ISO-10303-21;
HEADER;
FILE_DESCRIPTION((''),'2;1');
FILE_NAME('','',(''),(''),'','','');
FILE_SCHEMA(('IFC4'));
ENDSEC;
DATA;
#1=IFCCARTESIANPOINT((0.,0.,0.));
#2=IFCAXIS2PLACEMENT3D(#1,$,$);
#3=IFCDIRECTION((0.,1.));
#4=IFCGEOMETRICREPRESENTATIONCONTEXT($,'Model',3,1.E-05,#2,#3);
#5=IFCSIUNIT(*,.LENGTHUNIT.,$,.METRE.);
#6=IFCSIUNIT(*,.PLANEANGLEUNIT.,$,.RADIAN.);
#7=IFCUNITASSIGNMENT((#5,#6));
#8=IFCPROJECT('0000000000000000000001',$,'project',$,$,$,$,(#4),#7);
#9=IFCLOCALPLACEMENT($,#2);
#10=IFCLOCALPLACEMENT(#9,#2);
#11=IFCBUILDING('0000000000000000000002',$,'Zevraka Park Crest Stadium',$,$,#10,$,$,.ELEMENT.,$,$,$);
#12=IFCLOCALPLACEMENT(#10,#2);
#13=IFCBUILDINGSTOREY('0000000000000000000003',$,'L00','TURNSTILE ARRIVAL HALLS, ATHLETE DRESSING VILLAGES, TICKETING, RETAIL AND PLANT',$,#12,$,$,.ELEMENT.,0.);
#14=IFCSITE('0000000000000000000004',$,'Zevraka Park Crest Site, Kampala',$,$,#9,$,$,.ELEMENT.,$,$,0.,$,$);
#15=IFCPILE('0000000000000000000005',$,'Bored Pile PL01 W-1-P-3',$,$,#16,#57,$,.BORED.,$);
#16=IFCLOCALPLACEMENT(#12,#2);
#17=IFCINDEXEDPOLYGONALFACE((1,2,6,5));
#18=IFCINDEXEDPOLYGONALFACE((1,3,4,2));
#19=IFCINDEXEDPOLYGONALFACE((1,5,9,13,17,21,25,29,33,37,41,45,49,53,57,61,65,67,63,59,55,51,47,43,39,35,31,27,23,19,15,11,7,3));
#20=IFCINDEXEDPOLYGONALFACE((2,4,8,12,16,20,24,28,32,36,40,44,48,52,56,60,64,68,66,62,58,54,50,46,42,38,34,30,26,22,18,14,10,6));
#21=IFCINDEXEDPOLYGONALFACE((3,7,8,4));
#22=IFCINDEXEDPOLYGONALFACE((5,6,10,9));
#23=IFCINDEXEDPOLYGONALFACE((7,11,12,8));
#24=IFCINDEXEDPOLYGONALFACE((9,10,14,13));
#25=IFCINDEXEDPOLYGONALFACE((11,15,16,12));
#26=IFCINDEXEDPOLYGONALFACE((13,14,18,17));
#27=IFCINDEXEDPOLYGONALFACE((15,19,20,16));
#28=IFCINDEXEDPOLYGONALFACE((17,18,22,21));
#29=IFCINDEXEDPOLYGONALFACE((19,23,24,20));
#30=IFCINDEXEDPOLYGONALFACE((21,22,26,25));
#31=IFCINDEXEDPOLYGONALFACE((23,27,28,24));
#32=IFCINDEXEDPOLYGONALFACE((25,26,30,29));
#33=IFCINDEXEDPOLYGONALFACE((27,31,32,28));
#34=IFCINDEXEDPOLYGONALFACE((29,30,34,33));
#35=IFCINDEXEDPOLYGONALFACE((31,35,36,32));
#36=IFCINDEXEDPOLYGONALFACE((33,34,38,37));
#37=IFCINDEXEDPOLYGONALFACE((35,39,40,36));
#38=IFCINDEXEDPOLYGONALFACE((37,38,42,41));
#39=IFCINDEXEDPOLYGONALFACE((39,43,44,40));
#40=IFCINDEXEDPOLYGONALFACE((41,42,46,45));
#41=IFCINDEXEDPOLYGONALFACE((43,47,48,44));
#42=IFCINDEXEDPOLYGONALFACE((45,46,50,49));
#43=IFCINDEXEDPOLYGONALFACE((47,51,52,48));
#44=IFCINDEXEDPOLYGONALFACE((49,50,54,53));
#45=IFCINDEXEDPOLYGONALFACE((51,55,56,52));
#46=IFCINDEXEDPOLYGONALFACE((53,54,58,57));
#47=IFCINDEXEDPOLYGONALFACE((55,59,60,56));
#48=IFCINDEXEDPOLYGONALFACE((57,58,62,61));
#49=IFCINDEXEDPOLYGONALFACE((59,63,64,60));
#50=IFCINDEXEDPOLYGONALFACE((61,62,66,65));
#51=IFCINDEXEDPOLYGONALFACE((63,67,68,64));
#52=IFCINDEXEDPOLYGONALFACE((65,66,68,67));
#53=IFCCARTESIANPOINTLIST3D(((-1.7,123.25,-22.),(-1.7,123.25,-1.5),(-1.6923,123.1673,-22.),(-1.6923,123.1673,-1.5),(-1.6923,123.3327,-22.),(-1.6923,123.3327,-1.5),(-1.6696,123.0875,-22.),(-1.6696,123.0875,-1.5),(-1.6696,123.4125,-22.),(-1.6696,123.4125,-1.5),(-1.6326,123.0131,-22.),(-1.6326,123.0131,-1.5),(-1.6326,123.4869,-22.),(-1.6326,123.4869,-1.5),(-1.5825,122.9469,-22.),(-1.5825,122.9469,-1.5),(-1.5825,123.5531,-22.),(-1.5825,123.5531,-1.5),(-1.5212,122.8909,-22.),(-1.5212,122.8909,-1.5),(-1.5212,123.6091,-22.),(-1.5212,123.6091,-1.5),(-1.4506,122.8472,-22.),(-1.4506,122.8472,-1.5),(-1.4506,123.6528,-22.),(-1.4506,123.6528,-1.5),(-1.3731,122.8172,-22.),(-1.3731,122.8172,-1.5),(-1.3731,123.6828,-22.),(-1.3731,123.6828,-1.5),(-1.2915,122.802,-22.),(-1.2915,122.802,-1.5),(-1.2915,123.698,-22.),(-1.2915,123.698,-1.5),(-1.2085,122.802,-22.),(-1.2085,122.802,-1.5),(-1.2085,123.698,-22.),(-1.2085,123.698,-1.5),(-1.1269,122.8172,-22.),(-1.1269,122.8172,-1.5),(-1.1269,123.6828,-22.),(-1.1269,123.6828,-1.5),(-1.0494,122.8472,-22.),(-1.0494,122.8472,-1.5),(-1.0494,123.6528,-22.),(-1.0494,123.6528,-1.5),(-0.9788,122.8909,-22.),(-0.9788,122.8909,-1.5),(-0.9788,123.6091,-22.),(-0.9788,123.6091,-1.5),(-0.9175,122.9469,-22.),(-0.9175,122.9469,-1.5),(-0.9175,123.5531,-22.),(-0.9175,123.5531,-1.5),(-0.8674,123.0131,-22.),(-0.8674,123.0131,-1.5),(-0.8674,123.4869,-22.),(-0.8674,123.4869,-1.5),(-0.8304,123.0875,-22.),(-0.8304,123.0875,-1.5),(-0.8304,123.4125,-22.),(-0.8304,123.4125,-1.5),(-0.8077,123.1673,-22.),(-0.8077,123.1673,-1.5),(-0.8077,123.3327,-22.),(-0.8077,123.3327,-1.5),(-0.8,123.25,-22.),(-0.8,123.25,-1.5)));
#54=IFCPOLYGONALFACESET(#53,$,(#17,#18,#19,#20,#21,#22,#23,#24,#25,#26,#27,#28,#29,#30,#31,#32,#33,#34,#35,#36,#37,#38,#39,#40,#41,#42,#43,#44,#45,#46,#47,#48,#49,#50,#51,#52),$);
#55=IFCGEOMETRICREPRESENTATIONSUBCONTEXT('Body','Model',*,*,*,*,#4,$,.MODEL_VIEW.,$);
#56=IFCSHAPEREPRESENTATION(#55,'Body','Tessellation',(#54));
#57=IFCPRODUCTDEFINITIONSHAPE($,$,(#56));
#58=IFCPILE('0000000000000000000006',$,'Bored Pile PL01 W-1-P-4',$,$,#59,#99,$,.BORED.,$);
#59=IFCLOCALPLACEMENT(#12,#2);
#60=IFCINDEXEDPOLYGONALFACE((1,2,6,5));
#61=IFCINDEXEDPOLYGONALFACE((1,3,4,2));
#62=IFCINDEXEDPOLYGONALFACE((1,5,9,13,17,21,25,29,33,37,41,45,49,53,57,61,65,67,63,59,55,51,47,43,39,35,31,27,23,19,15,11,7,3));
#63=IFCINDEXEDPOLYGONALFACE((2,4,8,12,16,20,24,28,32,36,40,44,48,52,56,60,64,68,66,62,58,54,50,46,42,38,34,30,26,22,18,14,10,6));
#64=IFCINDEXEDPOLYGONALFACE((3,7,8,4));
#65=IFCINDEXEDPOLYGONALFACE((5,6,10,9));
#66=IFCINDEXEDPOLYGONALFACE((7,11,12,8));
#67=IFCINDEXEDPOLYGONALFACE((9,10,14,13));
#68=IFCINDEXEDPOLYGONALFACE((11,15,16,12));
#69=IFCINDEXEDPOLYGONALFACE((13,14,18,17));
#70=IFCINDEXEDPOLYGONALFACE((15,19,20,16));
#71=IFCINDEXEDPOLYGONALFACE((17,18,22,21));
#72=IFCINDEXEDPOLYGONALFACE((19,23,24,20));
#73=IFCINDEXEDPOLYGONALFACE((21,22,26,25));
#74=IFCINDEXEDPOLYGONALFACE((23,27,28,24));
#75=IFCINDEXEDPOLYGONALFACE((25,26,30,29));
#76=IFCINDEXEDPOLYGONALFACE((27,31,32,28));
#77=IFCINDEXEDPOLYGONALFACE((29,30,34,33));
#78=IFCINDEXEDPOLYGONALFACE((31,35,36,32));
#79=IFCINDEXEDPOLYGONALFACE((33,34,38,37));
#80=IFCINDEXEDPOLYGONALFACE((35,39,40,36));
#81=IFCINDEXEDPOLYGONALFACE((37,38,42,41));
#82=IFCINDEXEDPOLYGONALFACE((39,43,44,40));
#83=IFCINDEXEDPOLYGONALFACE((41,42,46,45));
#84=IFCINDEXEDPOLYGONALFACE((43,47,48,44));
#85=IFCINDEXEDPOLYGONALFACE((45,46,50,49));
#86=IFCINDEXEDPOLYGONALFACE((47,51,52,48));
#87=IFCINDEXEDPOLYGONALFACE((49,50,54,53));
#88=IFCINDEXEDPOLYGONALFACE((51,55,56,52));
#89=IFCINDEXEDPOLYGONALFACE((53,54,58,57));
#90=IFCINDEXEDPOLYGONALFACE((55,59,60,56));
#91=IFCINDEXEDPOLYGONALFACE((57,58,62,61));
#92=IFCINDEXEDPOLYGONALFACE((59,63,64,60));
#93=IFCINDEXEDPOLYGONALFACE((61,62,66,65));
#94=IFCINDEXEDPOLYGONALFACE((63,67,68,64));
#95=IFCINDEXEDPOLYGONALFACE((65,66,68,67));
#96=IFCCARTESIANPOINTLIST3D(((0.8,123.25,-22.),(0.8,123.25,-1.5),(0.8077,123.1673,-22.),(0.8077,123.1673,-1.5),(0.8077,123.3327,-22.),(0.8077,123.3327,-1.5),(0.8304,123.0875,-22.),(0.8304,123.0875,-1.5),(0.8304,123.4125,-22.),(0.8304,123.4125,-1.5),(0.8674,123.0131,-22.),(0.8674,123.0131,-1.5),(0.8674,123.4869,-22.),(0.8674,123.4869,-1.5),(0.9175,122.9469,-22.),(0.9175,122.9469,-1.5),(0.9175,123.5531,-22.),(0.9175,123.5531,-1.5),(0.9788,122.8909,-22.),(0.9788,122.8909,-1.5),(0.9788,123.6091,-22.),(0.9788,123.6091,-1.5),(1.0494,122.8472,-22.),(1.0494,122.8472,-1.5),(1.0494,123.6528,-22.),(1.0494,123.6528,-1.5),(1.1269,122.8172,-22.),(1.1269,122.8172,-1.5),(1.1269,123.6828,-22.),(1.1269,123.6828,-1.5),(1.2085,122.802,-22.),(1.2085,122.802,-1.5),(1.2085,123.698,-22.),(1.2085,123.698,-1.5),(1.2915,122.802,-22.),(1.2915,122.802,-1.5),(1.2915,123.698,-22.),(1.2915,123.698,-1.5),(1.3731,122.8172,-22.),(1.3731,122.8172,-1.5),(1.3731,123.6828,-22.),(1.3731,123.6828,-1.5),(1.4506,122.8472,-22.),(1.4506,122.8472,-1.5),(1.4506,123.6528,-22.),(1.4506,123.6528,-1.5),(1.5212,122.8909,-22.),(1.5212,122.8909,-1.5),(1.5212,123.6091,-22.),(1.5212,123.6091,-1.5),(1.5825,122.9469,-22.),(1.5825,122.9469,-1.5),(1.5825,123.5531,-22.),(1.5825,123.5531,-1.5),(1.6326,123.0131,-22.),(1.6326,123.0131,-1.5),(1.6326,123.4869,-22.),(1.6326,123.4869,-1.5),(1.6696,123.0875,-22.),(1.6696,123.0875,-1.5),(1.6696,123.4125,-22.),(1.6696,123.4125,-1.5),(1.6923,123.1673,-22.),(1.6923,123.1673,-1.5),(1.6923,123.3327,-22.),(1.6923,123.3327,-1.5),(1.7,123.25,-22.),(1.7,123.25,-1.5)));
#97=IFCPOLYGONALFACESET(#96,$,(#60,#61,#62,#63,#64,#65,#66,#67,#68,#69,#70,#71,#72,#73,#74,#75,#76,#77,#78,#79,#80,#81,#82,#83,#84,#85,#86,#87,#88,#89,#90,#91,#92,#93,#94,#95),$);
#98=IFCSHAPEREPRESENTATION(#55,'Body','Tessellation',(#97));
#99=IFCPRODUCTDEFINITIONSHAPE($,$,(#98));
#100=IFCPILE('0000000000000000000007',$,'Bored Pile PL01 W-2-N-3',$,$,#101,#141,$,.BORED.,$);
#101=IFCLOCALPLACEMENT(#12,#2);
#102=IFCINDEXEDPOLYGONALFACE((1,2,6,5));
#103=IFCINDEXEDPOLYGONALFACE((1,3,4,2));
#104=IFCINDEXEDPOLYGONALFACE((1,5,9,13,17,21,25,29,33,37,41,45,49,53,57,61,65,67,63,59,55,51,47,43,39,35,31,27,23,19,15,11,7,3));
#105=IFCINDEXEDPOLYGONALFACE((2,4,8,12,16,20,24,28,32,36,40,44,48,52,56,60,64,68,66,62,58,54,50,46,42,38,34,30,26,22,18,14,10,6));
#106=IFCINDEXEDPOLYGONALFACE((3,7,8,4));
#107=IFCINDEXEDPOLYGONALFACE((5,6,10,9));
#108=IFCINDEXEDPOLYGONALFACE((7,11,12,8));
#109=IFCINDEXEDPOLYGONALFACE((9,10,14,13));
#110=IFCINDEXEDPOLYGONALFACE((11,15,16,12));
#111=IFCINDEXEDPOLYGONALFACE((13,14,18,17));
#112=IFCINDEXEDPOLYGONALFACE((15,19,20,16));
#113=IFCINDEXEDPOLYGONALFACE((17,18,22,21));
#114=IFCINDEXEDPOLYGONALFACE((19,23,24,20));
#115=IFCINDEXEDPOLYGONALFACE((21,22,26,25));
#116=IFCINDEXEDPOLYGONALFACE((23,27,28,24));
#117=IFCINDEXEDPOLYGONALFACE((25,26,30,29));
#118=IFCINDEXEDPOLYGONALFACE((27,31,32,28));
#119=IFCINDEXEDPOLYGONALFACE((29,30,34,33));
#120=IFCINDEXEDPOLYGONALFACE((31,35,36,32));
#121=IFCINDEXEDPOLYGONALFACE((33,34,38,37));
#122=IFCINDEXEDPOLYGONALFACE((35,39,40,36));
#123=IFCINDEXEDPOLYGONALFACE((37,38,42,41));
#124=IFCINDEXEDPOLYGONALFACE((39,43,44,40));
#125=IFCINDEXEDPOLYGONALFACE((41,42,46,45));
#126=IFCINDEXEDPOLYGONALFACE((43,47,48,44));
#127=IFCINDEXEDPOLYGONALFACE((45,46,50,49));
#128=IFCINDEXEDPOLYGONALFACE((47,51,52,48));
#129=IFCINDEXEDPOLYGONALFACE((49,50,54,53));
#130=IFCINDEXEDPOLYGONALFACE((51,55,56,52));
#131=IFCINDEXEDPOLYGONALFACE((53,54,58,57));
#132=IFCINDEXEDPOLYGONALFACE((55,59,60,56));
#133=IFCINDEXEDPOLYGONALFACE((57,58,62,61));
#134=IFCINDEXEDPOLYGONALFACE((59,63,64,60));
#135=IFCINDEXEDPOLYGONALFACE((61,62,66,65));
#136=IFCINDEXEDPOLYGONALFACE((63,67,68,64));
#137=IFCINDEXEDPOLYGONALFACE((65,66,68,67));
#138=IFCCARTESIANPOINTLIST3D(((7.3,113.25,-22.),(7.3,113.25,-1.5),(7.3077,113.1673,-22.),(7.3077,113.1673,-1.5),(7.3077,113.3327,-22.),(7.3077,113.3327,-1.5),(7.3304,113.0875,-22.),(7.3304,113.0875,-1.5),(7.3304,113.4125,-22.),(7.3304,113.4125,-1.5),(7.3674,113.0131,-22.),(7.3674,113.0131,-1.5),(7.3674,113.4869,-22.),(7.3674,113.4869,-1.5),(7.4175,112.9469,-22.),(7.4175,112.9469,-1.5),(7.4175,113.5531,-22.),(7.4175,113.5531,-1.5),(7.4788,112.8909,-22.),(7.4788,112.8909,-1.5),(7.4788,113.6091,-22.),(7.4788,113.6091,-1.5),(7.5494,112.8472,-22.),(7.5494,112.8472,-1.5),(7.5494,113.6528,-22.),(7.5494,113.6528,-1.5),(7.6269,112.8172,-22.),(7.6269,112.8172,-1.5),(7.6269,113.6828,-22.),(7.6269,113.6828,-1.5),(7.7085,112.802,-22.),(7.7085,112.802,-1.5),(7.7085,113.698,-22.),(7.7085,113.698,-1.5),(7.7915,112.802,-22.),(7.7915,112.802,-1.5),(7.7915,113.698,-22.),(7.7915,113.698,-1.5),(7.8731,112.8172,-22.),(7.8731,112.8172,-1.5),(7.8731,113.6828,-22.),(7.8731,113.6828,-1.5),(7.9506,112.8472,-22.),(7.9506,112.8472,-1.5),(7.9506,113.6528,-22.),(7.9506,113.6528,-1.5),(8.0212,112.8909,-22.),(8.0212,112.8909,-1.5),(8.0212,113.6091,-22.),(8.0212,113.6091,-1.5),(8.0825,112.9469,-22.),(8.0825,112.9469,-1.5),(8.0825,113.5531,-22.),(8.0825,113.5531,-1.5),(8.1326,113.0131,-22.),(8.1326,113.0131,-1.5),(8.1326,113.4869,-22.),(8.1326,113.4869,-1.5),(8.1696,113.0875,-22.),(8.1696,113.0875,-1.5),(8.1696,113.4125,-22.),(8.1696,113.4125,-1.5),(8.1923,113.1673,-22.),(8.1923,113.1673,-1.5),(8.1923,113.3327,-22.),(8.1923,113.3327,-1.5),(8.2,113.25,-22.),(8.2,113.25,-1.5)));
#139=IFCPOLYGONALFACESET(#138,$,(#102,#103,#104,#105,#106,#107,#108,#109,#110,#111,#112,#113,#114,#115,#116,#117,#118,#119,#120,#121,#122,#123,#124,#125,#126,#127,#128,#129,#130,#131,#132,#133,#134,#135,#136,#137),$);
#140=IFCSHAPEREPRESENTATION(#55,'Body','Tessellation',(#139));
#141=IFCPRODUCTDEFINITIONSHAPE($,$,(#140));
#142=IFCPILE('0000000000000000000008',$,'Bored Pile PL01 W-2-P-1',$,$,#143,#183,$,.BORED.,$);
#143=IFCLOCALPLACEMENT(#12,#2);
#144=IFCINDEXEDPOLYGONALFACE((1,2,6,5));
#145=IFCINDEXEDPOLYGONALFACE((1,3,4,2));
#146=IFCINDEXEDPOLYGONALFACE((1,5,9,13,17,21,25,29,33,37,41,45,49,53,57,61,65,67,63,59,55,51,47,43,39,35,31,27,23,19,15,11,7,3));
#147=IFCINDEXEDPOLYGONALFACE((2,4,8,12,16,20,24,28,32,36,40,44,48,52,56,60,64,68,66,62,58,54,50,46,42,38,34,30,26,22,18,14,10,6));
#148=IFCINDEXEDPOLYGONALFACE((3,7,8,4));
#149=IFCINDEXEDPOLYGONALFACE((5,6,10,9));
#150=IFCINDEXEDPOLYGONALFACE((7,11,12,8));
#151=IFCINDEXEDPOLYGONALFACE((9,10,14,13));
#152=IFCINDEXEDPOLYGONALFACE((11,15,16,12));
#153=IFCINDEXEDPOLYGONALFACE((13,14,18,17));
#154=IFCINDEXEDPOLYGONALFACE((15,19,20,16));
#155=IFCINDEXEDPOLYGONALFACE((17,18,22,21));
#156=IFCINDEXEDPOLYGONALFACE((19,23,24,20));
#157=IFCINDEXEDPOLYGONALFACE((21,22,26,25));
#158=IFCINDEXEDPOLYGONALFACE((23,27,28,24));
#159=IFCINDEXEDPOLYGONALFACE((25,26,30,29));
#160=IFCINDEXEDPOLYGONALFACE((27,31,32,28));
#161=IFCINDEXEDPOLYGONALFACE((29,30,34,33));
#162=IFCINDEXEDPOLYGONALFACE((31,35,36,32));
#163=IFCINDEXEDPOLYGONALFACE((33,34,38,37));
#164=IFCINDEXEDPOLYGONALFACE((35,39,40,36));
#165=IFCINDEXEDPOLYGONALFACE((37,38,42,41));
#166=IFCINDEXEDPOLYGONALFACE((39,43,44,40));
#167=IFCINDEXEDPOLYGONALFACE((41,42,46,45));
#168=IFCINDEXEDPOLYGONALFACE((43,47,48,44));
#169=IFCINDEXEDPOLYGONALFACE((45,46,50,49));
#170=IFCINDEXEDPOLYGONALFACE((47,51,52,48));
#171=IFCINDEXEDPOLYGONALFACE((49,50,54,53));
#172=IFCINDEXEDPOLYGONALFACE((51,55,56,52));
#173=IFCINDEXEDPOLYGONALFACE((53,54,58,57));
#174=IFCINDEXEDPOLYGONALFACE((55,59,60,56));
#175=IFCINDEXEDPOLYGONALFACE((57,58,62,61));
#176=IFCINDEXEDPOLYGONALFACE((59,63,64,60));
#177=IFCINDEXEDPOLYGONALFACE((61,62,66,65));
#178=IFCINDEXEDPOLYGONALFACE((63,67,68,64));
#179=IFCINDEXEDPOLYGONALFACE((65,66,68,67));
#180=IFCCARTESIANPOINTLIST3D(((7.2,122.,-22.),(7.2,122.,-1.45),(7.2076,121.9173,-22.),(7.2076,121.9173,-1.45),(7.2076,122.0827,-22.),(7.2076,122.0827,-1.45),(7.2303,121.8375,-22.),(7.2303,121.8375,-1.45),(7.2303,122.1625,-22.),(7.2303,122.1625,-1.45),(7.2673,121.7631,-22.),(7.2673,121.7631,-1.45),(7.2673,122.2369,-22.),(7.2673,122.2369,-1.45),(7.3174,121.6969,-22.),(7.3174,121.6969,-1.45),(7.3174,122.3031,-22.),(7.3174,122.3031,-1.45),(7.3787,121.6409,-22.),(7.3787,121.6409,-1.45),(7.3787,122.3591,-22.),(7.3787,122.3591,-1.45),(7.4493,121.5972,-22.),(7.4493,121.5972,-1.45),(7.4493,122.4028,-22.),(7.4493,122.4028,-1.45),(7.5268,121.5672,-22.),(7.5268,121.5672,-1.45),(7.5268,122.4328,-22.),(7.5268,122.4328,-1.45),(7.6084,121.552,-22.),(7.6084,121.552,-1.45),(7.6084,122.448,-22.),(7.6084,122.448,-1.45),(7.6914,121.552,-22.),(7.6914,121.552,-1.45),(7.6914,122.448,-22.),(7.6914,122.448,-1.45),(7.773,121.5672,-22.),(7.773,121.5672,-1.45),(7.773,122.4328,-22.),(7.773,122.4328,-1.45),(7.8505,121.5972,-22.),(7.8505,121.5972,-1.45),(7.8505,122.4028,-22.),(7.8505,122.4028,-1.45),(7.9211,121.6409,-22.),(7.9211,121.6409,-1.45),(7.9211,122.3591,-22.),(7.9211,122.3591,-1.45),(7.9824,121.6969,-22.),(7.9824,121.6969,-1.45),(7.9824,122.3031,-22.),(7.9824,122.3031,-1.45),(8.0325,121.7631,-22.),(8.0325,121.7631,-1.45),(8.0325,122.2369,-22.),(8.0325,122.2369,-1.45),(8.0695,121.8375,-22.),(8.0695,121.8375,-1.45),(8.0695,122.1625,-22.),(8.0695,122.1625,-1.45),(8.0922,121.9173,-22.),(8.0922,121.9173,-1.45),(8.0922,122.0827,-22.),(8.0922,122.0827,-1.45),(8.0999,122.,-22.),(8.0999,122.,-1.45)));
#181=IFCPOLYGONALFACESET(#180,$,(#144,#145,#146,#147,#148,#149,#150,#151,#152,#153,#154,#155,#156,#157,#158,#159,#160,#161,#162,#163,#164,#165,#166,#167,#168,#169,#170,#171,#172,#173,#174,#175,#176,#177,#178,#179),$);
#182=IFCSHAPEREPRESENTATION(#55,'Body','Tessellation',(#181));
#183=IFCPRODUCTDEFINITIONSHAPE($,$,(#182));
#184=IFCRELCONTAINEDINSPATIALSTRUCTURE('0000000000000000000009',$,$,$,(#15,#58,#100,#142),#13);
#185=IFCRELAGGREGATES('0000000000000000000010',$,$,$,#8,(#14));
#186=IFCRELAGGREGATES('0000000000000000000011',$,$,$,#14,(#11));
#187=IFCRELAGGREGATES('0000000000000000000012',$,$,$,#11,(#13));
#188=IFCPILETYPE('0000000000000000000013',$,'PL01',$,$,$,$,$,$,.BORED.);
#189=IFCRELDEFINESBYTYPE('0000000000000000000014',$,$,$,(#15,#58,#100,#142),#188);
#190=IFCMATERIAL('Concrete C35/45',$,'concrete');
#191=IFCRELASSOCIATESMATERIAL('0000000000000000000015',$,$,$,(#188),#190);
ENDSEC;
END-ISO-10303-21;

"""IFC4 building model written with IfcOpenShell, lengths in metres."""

from ifc_helpers import new_model, si_unit, direction, frame, origin, origin_2d, place, context, subcontext, project, spatial, circle, extrude, material, material_profile, profile_set, type_object, element, save


model = new_model("IFC4")

# Units and contexts
model_context = context("Model", 3, precision=1e-05, world=origin(), true_north=direction((0.0, 1.0)))
body_context = subcontext(model_context, "Body", "Model", "MODEL_VIEW")
ifc_project = project(units=[si_unit("LENGTHUNIT", "METRE"), si_unit("PLANEANGLEUNIT", "RADIAN")], contexts=[model_context])

# Site, building, storey
site_placement = place(None, origin())
site = spatial("IfcSite", under=ifc_project, at=site_placement, Name="Zevraka Park Crest Site, Kampala", CompositionType="ELEMENT", RefElevation=0.0)
building_placement = place(site_placement, origin())
building = spatial("IfcBuilding", under=site, at=building_placement, Name="Zevraka Park Crest Stadium", CompositionType="ELEMENT")
storey_placement = place(building_placement, origin())
storey = spatial("IfcBuildingStorey", under=building, at=storey_placement, Name="L00", Description="TURNSTILE ARRIVAL HALLS, ATHLETE DRESSING VILLAGES, TICKETING, RETAIL AND PLANT", CompositionType="ELEMENT", Elevation=0.0)

# Piles
ifc_material_1 = material(Name="Concrete C35/45", Category="concrete")
ifc_material_profile_1 = material_profile(ifc_material_1, circle(Radius=0.45, at=origin_2d()), Name="PILE D900")
ifc_profile_set_1 = profile_set([ifc_material_profile_1], Name="Concrete C35/45")
pile_type_1 = type_object("IfcPileType", Name="PL01", PredefinedType="BORED", material=ifc_profile_set_1)
for number, where, z_axis, x_axis, name in (
    (1, (-1.25, 123.25, -1.5), (0.0, 0.0, -1.0), (1.0, 0.0, 0.0), "Bored Pile PL01 W-1-P-3"),
    (2, (1.25, 123.25, -1.5), (0.0, 0.0, -1.0), (1.0, 0.0, 0.0), "Bored Pile PL01 W-1-P-4"),
    (3, (7.75, 113.25, -1.5), (0.0, 0.0, -1.0), (1.0, 0.0, 0.0), "Bored Pile PL01 W-2-N-3"),
):
    element("IfcPile", number, at=place(storey_placement, frame(where, z_axis=z_axis, x_axis=x_axis)), inside=storey, type_object=pile_type_1, Name=name, PredefinedType="BORED", context=body_context, shape_type="SweptSolid", body=[
        extrude(circle(Radius=0.45, at=origin_2d()), origin(), (0.0, 0.0, 1.0), 20.5),
    ])
pile_1_placement = place(storey_placement, frame((7.6499, 122.0, -1.45), z_axis=(0.0, 0.0, -1.0), x_axis=(1.0, 0.0, 0.0)))
element("IfcPile", 4, at=pile_1_placement, inside=storey, type_object=pile_type_1, Name="Bored Pile PL01 W-2-P-1", PredefinedType="BORED", context=body_context, shape_type="SweptSolid", body=[
    extrude(circle(Radius=0.45, at=origin_2d()), origin(), (0.0, 0.0, 1.0), 20.55),
])

save(model, "model.ifc")
